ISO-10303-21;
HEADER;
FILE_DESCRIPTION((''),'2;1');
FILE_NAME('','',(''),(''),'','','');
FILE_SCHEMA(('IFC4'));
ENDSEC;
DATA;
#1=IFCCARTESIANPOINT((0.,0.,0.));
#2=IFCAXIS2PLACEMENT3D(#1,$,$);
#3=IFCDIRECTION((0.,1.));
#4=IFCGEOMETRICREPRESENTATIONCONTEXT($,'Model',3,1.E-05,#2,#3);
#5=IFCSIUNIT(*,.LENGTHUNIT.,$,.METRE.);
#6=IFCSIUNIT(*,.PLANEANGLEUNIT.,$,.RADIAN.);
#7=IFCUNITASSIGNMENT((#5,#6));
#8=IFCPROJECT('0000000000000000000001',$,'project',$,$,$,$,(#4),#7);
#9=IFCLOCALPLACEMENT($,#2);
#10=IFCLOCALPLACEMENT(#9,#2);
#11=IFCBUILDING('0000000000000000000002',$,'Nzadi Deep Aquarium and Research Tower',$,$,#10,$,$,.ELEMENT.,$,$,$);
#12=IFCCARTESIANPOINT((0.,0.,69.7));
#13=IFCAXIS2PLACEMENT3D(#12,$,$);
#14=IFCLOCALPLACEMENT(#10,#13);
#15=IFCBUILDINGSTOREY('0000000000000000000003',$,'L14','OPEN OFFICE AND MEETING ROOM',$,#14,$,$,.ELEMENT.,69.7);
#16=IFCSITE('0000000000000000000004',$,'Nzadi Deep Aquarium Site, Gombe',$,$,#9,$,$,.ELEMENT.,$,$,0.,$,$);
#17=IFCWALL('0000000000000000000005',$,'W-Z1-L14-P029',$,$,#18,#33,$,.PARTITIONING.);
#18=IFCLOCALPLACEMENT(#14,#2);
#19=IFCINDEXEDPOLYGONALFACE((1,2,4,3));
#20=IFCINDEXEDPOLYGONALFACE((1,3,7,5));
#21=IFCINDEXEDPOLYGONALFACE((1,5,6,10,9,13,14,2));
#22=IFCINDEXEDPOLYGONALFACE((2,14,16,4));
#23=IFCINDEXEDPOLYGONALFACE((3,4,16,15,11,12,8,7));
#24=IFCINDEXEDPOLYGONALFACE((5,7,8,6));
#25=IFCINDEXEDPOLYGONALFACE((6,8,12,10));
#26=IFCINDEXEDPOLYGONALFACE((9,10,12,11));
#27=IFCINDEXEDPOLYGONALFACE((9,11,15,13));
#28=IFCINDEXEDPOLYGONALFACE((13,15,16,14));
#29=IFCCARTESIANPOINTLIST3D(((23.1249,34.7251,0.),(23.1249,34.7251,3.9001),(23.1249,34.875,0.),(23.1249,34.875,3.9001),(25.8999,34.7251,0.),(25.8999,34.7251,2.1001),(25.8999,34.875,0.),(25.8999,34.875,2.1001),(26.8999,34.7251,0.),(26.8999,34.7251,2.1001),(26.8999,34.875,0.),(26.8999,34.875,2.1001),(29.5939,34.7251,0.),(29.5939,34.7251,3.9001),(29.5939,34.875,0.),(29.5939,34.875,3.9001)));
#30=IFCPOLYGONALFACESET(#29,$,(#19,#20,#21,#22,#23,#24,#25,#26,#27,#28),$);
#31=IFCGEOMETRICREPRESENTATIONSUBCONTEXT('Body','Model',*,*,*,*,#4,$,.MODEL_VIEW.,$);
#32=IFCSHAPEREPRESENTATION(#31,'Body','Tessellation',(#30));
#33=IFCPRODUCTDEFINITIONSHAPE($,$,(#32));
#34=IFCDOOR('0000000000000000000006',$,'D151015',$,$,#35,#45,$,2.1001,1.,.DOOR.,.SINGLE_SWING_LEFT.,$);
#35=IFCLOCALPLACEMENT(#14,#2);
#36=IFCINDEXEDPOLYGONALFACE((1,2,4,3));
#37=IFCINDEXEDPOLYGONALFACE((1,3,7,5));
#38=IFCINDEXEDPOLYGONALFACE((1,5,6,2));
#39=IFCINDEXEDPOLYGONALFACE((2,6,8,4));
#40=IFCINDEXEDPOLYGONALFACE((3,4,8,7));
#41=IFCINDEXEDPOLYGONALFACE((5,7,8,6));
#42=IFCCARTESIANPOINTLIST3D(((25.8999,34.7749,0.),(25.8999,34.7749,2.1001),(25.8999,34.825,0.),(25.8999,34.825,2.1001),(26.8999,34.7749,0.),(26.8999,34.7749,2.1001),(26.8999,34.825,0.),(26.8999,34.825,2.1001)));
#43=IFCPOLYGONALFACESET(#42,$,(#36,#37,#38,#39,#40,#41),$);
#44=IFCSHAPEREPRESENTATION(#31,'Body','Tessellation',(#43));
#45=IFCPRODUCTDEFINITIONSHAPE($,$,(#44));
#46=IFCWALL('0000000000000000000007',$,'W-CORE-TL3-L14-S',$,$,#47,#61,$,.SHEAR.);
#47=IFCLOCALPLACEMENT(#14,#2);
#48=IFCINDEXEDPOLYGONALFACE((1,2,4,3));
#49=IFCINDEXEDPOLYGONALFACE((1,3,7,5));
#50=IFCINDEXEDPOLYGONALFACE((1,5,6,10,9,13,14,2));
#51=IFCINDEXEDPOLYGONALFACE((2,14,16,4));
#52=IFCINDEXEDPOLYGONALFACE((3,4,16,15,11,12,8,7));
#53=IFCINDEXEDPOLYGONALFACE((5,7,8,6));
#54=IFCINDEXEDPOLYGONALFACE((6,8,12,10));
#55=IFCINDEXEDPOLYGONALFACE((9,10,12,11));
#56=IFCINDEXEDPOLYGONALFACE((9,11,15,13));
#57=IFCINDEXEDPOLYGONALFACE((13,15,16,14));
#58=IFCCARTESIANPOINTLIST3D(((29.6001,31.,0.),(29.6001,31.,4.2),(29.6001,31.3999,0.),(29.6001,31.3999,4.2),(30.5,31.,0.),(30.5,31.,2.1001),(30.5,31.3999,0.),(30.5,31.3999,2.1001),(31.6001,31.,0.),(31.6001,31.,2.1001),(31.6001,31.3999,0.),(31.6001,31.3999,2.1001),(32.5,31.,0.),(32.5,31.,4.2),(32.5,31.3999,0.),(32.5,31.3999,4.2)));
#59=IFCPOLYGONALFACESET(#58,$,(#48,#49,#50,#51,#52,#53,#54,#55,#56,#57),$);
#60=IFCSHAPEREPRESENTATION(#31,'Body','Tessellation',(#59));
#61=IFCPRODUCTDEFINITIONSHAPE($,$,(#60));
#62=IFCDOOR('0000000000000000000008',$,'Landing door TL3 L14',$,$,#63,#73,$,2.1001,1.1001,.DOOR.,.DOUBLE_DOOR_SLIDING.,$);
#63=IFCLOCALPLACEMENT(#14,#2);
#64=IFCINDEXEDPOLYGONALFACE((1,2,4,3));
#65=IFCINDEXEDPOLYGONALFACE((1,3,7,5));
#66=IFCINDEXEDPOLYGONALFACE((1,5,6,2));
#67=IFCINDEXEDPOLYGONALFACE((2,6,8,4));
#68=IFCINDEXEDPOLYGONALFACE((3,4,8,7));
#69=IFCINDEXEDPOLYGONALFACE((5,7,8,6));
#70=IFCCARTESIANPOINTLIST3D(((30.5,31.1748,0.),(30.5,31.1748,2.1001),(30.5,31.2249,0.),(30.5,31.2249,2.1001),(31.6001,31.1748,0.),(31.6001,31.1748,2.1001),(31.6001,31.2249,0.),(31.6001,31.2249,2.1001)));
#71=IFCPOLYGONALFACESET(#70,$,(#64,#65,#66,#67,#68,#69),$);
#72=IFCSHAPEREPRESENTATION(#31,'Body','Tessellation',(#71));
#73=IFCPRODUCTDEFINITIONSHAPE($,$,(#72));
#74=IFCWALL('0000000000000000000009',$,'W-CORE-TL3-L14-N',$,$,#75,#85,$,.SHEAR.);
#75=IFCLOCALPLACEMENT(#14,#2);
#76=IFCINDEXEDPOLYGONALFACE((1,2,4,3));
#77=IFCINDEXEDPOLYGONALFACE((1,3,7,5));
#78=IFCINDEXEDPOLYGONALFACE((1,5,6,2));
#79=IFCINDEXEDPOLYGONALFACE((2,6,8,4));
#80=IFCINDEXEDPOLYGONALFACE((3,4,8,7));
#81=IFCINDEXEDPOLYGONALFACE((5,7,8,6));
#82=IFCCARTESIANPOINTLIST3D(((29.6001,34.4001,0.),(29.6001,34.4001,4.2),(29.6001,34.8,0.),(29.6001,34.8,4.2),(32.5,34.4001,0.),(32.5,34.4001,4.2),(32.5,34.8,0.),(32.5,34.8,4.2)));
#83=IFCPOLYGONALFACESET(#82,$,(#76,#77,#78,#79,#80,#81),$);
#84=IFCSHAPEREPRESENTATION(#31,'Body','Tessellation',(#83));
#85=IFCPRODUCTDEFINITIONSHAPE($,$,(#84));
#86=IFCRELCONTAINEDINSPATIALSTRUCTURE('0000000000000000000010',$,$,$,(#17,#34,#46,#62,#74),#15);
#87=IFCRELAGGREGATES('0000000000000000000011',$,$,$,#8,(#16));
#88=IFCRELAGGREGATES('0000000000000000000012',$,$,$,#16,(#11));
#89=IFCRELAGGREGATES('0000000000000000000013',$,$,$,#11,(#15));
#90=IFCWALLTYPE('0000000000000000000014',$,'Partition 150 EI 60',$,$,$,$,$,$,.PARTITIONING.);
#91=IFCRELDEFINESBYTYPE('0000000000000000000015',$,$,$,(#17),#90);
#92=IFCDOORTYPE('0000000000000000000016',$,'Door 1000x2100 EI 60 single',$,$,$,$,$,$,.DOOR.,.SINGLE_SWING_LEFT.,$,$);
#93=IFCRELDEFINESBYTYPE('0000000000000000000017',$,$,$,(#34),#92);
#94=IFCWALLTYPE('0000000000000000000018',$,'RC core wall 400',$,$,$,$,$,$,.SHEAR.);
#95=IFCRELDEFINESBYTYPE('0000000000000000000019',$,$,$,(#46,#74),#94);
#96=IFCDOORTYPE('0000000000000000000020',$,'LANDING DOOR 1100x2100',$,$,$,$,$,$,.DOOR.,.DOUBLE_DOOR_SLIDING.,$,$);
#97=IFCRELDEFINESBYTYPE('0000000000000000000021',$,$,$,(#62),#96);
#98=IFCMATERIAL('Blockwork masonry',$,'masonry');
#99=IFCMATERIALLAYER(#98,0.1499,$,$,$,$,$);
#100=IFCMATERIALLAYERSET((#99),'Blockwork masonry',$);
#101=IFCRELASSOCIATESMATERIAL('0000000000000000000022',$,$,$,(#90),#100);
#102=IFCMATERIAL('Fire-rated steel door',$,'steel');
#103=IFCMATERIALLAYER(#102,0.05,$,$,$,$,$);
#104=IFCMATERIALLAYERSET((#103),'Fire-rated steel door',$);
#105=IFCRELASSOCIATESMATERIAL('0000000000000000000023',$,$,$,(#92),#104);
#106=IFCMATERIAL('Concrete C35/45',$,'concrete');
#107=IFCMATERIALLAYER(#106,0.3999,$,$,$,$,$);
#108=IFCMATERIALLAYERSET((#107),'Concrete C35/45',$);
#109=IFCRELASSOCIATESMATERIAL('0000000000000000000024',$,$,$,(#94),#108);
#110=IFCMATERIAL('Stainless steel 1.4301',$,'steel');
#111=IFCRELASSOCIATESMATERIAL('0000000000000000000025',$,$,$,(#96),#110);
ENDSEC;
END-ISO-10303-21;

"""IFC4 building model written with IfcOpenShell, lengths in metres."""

from ifc_helpers import new_model, si_unit, direction, frame, frame_2d, origin, place, context, subcontext, project, spatial, rectangle, extrude, material, layer, layer_set, type_object, element, fill, save


model = new_model("IFC4")

# Units and contexts
model_context = context("Model", 3, precision=1e-05, world=origin(), true_north=direction((0.0, 1.0)))
body_context = subcontext(model_context, "Body", "Model", "MODEL_VIEW")
ifc_project = project(units=[si_unit("LENGTHUNIT", "METRE"), si_unit("PLANEANGLEUNIT", "RADIAN")], contexts=[model_context])

# Site, building, storey
site_placement = place(None, origin())
site = spatial("IfcSite", under=ifc_project, at=site_placement, Name="Nzadi Deep Aquarium Site, Gombe", CompositionType="ELEMENT", RefElevation=0.0)
building_placement = place(site_placement, origin())
building = spatial("IfcBuilding", under=site, at=building_placement, Name="Nzadi Deep Aquarium and Research Tower", CompositionType="ELEMENT")
storey_placement = place(building_placement, frame((0.0, 0.0, 69.7)))
storey = spatial("IfcBuildingStorey", under=building, at=storey_placement, Name="L14", Description="OPEN OFFICE AND MEETING ROOM", CompositionType="ELEMENT", Elevation=69.7)

# Shared definitions
ifc_material_1 = material(Name="Blockwork masonry", Category="masonry")
ifc_layer_1 = layer(ifc_material_1, 0.1499)
ifc_layer_set_1 = layer_set([ifc_layer_1], Name="Blockwork masonry")
wall_type_1 = type_object("IfcWallType", Name="Partition 150 EI 60", PredefinedType="PARTITIONING", material=ifc_layer_set_1)

# Walls, openings, doors
wall_1_placement = place(storey_placement, frame((23.125, 34.8, 0.0), z_axis=(0.0, 0.0, 1.0), x_axis=(1.0, 0.0, 0.0)))
wall_1 = element("IfcWall", 1, at=wall_1_placement, inside=storey, type_object=wall_type_1, Name="W-Z1-L14-P029", PredefinedType="PARTITIONING", context=body_context, shape_type="SweptSolid", body=[
    extrude(rectangle(XDim=6.469, YDim=0.1499, at=frame_2d((3.2344, 0.0))), origin(), (0.0, 0.0, 1.0), 3.9001),
])
opening_1_placement = place(wall_1_placement, frame((2.7749, 0.0, 0.0)))
opening_1 = element("IfcOpeningElement", 2, at=opening_1_placement, cuts=wall_1, PredefinedType="OPENING", context=body_context, shape_type="SweptSolid", body=[
    extrude(rectangle(XDim=1.0, YDim=2.1001, at=frame_2d((0.5, 1.05))), frame((0.0, 0.085, 0.0), z_axis=(0.0, -1.0, 0.0), x_axis=(1.0, 0.0, 0.0)), (0.0, 0.0, 1.0), 0.1699),
])
ifc_material_2 = material(Name="Fire-rated steel door", Category="steel")
ifc_layer_2 = layer(ifc_material_2, 0.05)
ifc_layer_set_2 = layer_set([ifc_layer_2], Name="Fire-rated steel door")
door_type_1 = type_object("IfcDoorType", Name="Door 1000x2100 EI 60 single", OperationType="SINGLE_SWING_LEFT", PredefinedType="DOOR", material=ifc_layer_set_2)
door_1_placement = place(opening_1_placement, origin())
door_1 = element("IfcDoor", 3, at=door_1_placement, inside=storey, type_object=door_type_1, Name="D151015", OperationType="SINGLE_SWING_LEFT", OverallHeight=2.1001, OverallWidth=1.0, PredefinedType="DOOR", context=body_context, shape_type="SweptSolid", body=[
    extrude(rectangle(XDim=1.0, YDim=2.1001, at=frame_2d((0.5, 1.05))), frame((0.0, 0.0249, 0.0), z_axis=(0.0, -1.0, 0.0), x_axis=(1.0, 0.0, 0.0)), (0.0, 0.0, 1.0), 0.05),
])
fill(opening_1, door_1)
ifc_material_3 = material(Name="Concrete C35/45", Category="concrete")
ifc_layer_3 = layer(ifc_material_3, 0.3999)
ifc_layer_set_3 = layer_set([ifc_layer_3], Name="Concrete C35/45")
wall_type_2 = type_object("IfcWallType", Name="RC core wall 400", PredefinedType="SHEAR", material=ifc_layer_set_3)
wall_2_placement = place(storey_placement, frame((29.6001, 31.2, 0.0), z_axis=(0.0, 0.0, 1.0), x_axis=(1.0, 0.0, 0.0)))
wall_2 = element("IfcWall", 4, at=wall_2_placement, inside=storey, type_object=wall_type_2, Name="W-CORE-TL3-L14-S", PredefinedType="SHEAR", context=body_context, shape_type="SweptSolid", body=[
    extrude(rectangle(XDim=2.8999, YDim=0.3999, at=frame_2d((1.45, 0.0))), origin(), (0.0, 0.0, 1.0), 4.2),
])
opening_2_placement = place(wall_2_placement, frame((0.8999, 0.0, 0.0)))
opening_2 = element("IfcOpeningElement", 5, at=opening_2_placement, cuts=wall_2, PredefinedType="OPENING", context=body_context, shape_type="SweptSolid", body=[
    extrude(rectangle(XDim=1.1001, YDim=2.1001, at=frame_2d((0.55, 1.05))), frame((0.0, 0.21, 0.0), z_axis=(0.0, -1.0, 0.0), x_axis=(1.0, 0.0, 0.0)), (0.0, 0.0, 1.0), 0.4199),
])
ifc_material_4 = material(Name="Stainless steel 1.4301", Category="steel")
door_type_2 = type_object("IfcDoorType", Name="LANDING DOOR 1100x2100", OperationType="DOUBLE_DOOR_SLIDING", PredefinedType="DOOR", material=ifc_material_4)
door_2_placement = place(opening_2_placement, origin())
door_2 = element("IfcDoor", 6, at=door_2_placement, inside=storey, type_object=door_type_2, Name="Landing door TL3 L14", OperationType="DOUBLE_DOOR_SLIDING", OverallHeight=2.1001, OverallWidth=1.1001, PredefinedType="DOOR", context=body_context, shape_type="SweptSolid", body=[
    extrude(rectangle(XDim=1.1001, YDim=2.1001, at=frame_2d((0.55, 1.05))), frame((0.0, 0.0249, 0.0), z_axis=(0.0, -1.0, 0.0), x_axis=(1.0, 0.0, 0.0)), (0.0, 0.0, 1.0), 0.05),
])
fill(opening_2, door_2)

# Wall
wall_3_placement = place(storey_placement, frame((29.6001, 34.6001, 0.0), z_axis=(0.0, 0.0, 1.0), x_axis=(1.0, 0.0, 0.0)))
element("IfcWall", 7, at=wall_3_placement, inside=storey, type_object=wall_type_2, Name="W-CORE-TL3-L14-N", PredefinedType="SHEAR", context=body_context, shape_type="SweptSolid", body=[
    extrude(rectangle(XDim=2.8999, YDim=0.3999, at=frame_2d((1.45, 0.0))), origin(), (0.0, 0.0, 1.0), 4.2),
])

save(model, "model.ifc")
